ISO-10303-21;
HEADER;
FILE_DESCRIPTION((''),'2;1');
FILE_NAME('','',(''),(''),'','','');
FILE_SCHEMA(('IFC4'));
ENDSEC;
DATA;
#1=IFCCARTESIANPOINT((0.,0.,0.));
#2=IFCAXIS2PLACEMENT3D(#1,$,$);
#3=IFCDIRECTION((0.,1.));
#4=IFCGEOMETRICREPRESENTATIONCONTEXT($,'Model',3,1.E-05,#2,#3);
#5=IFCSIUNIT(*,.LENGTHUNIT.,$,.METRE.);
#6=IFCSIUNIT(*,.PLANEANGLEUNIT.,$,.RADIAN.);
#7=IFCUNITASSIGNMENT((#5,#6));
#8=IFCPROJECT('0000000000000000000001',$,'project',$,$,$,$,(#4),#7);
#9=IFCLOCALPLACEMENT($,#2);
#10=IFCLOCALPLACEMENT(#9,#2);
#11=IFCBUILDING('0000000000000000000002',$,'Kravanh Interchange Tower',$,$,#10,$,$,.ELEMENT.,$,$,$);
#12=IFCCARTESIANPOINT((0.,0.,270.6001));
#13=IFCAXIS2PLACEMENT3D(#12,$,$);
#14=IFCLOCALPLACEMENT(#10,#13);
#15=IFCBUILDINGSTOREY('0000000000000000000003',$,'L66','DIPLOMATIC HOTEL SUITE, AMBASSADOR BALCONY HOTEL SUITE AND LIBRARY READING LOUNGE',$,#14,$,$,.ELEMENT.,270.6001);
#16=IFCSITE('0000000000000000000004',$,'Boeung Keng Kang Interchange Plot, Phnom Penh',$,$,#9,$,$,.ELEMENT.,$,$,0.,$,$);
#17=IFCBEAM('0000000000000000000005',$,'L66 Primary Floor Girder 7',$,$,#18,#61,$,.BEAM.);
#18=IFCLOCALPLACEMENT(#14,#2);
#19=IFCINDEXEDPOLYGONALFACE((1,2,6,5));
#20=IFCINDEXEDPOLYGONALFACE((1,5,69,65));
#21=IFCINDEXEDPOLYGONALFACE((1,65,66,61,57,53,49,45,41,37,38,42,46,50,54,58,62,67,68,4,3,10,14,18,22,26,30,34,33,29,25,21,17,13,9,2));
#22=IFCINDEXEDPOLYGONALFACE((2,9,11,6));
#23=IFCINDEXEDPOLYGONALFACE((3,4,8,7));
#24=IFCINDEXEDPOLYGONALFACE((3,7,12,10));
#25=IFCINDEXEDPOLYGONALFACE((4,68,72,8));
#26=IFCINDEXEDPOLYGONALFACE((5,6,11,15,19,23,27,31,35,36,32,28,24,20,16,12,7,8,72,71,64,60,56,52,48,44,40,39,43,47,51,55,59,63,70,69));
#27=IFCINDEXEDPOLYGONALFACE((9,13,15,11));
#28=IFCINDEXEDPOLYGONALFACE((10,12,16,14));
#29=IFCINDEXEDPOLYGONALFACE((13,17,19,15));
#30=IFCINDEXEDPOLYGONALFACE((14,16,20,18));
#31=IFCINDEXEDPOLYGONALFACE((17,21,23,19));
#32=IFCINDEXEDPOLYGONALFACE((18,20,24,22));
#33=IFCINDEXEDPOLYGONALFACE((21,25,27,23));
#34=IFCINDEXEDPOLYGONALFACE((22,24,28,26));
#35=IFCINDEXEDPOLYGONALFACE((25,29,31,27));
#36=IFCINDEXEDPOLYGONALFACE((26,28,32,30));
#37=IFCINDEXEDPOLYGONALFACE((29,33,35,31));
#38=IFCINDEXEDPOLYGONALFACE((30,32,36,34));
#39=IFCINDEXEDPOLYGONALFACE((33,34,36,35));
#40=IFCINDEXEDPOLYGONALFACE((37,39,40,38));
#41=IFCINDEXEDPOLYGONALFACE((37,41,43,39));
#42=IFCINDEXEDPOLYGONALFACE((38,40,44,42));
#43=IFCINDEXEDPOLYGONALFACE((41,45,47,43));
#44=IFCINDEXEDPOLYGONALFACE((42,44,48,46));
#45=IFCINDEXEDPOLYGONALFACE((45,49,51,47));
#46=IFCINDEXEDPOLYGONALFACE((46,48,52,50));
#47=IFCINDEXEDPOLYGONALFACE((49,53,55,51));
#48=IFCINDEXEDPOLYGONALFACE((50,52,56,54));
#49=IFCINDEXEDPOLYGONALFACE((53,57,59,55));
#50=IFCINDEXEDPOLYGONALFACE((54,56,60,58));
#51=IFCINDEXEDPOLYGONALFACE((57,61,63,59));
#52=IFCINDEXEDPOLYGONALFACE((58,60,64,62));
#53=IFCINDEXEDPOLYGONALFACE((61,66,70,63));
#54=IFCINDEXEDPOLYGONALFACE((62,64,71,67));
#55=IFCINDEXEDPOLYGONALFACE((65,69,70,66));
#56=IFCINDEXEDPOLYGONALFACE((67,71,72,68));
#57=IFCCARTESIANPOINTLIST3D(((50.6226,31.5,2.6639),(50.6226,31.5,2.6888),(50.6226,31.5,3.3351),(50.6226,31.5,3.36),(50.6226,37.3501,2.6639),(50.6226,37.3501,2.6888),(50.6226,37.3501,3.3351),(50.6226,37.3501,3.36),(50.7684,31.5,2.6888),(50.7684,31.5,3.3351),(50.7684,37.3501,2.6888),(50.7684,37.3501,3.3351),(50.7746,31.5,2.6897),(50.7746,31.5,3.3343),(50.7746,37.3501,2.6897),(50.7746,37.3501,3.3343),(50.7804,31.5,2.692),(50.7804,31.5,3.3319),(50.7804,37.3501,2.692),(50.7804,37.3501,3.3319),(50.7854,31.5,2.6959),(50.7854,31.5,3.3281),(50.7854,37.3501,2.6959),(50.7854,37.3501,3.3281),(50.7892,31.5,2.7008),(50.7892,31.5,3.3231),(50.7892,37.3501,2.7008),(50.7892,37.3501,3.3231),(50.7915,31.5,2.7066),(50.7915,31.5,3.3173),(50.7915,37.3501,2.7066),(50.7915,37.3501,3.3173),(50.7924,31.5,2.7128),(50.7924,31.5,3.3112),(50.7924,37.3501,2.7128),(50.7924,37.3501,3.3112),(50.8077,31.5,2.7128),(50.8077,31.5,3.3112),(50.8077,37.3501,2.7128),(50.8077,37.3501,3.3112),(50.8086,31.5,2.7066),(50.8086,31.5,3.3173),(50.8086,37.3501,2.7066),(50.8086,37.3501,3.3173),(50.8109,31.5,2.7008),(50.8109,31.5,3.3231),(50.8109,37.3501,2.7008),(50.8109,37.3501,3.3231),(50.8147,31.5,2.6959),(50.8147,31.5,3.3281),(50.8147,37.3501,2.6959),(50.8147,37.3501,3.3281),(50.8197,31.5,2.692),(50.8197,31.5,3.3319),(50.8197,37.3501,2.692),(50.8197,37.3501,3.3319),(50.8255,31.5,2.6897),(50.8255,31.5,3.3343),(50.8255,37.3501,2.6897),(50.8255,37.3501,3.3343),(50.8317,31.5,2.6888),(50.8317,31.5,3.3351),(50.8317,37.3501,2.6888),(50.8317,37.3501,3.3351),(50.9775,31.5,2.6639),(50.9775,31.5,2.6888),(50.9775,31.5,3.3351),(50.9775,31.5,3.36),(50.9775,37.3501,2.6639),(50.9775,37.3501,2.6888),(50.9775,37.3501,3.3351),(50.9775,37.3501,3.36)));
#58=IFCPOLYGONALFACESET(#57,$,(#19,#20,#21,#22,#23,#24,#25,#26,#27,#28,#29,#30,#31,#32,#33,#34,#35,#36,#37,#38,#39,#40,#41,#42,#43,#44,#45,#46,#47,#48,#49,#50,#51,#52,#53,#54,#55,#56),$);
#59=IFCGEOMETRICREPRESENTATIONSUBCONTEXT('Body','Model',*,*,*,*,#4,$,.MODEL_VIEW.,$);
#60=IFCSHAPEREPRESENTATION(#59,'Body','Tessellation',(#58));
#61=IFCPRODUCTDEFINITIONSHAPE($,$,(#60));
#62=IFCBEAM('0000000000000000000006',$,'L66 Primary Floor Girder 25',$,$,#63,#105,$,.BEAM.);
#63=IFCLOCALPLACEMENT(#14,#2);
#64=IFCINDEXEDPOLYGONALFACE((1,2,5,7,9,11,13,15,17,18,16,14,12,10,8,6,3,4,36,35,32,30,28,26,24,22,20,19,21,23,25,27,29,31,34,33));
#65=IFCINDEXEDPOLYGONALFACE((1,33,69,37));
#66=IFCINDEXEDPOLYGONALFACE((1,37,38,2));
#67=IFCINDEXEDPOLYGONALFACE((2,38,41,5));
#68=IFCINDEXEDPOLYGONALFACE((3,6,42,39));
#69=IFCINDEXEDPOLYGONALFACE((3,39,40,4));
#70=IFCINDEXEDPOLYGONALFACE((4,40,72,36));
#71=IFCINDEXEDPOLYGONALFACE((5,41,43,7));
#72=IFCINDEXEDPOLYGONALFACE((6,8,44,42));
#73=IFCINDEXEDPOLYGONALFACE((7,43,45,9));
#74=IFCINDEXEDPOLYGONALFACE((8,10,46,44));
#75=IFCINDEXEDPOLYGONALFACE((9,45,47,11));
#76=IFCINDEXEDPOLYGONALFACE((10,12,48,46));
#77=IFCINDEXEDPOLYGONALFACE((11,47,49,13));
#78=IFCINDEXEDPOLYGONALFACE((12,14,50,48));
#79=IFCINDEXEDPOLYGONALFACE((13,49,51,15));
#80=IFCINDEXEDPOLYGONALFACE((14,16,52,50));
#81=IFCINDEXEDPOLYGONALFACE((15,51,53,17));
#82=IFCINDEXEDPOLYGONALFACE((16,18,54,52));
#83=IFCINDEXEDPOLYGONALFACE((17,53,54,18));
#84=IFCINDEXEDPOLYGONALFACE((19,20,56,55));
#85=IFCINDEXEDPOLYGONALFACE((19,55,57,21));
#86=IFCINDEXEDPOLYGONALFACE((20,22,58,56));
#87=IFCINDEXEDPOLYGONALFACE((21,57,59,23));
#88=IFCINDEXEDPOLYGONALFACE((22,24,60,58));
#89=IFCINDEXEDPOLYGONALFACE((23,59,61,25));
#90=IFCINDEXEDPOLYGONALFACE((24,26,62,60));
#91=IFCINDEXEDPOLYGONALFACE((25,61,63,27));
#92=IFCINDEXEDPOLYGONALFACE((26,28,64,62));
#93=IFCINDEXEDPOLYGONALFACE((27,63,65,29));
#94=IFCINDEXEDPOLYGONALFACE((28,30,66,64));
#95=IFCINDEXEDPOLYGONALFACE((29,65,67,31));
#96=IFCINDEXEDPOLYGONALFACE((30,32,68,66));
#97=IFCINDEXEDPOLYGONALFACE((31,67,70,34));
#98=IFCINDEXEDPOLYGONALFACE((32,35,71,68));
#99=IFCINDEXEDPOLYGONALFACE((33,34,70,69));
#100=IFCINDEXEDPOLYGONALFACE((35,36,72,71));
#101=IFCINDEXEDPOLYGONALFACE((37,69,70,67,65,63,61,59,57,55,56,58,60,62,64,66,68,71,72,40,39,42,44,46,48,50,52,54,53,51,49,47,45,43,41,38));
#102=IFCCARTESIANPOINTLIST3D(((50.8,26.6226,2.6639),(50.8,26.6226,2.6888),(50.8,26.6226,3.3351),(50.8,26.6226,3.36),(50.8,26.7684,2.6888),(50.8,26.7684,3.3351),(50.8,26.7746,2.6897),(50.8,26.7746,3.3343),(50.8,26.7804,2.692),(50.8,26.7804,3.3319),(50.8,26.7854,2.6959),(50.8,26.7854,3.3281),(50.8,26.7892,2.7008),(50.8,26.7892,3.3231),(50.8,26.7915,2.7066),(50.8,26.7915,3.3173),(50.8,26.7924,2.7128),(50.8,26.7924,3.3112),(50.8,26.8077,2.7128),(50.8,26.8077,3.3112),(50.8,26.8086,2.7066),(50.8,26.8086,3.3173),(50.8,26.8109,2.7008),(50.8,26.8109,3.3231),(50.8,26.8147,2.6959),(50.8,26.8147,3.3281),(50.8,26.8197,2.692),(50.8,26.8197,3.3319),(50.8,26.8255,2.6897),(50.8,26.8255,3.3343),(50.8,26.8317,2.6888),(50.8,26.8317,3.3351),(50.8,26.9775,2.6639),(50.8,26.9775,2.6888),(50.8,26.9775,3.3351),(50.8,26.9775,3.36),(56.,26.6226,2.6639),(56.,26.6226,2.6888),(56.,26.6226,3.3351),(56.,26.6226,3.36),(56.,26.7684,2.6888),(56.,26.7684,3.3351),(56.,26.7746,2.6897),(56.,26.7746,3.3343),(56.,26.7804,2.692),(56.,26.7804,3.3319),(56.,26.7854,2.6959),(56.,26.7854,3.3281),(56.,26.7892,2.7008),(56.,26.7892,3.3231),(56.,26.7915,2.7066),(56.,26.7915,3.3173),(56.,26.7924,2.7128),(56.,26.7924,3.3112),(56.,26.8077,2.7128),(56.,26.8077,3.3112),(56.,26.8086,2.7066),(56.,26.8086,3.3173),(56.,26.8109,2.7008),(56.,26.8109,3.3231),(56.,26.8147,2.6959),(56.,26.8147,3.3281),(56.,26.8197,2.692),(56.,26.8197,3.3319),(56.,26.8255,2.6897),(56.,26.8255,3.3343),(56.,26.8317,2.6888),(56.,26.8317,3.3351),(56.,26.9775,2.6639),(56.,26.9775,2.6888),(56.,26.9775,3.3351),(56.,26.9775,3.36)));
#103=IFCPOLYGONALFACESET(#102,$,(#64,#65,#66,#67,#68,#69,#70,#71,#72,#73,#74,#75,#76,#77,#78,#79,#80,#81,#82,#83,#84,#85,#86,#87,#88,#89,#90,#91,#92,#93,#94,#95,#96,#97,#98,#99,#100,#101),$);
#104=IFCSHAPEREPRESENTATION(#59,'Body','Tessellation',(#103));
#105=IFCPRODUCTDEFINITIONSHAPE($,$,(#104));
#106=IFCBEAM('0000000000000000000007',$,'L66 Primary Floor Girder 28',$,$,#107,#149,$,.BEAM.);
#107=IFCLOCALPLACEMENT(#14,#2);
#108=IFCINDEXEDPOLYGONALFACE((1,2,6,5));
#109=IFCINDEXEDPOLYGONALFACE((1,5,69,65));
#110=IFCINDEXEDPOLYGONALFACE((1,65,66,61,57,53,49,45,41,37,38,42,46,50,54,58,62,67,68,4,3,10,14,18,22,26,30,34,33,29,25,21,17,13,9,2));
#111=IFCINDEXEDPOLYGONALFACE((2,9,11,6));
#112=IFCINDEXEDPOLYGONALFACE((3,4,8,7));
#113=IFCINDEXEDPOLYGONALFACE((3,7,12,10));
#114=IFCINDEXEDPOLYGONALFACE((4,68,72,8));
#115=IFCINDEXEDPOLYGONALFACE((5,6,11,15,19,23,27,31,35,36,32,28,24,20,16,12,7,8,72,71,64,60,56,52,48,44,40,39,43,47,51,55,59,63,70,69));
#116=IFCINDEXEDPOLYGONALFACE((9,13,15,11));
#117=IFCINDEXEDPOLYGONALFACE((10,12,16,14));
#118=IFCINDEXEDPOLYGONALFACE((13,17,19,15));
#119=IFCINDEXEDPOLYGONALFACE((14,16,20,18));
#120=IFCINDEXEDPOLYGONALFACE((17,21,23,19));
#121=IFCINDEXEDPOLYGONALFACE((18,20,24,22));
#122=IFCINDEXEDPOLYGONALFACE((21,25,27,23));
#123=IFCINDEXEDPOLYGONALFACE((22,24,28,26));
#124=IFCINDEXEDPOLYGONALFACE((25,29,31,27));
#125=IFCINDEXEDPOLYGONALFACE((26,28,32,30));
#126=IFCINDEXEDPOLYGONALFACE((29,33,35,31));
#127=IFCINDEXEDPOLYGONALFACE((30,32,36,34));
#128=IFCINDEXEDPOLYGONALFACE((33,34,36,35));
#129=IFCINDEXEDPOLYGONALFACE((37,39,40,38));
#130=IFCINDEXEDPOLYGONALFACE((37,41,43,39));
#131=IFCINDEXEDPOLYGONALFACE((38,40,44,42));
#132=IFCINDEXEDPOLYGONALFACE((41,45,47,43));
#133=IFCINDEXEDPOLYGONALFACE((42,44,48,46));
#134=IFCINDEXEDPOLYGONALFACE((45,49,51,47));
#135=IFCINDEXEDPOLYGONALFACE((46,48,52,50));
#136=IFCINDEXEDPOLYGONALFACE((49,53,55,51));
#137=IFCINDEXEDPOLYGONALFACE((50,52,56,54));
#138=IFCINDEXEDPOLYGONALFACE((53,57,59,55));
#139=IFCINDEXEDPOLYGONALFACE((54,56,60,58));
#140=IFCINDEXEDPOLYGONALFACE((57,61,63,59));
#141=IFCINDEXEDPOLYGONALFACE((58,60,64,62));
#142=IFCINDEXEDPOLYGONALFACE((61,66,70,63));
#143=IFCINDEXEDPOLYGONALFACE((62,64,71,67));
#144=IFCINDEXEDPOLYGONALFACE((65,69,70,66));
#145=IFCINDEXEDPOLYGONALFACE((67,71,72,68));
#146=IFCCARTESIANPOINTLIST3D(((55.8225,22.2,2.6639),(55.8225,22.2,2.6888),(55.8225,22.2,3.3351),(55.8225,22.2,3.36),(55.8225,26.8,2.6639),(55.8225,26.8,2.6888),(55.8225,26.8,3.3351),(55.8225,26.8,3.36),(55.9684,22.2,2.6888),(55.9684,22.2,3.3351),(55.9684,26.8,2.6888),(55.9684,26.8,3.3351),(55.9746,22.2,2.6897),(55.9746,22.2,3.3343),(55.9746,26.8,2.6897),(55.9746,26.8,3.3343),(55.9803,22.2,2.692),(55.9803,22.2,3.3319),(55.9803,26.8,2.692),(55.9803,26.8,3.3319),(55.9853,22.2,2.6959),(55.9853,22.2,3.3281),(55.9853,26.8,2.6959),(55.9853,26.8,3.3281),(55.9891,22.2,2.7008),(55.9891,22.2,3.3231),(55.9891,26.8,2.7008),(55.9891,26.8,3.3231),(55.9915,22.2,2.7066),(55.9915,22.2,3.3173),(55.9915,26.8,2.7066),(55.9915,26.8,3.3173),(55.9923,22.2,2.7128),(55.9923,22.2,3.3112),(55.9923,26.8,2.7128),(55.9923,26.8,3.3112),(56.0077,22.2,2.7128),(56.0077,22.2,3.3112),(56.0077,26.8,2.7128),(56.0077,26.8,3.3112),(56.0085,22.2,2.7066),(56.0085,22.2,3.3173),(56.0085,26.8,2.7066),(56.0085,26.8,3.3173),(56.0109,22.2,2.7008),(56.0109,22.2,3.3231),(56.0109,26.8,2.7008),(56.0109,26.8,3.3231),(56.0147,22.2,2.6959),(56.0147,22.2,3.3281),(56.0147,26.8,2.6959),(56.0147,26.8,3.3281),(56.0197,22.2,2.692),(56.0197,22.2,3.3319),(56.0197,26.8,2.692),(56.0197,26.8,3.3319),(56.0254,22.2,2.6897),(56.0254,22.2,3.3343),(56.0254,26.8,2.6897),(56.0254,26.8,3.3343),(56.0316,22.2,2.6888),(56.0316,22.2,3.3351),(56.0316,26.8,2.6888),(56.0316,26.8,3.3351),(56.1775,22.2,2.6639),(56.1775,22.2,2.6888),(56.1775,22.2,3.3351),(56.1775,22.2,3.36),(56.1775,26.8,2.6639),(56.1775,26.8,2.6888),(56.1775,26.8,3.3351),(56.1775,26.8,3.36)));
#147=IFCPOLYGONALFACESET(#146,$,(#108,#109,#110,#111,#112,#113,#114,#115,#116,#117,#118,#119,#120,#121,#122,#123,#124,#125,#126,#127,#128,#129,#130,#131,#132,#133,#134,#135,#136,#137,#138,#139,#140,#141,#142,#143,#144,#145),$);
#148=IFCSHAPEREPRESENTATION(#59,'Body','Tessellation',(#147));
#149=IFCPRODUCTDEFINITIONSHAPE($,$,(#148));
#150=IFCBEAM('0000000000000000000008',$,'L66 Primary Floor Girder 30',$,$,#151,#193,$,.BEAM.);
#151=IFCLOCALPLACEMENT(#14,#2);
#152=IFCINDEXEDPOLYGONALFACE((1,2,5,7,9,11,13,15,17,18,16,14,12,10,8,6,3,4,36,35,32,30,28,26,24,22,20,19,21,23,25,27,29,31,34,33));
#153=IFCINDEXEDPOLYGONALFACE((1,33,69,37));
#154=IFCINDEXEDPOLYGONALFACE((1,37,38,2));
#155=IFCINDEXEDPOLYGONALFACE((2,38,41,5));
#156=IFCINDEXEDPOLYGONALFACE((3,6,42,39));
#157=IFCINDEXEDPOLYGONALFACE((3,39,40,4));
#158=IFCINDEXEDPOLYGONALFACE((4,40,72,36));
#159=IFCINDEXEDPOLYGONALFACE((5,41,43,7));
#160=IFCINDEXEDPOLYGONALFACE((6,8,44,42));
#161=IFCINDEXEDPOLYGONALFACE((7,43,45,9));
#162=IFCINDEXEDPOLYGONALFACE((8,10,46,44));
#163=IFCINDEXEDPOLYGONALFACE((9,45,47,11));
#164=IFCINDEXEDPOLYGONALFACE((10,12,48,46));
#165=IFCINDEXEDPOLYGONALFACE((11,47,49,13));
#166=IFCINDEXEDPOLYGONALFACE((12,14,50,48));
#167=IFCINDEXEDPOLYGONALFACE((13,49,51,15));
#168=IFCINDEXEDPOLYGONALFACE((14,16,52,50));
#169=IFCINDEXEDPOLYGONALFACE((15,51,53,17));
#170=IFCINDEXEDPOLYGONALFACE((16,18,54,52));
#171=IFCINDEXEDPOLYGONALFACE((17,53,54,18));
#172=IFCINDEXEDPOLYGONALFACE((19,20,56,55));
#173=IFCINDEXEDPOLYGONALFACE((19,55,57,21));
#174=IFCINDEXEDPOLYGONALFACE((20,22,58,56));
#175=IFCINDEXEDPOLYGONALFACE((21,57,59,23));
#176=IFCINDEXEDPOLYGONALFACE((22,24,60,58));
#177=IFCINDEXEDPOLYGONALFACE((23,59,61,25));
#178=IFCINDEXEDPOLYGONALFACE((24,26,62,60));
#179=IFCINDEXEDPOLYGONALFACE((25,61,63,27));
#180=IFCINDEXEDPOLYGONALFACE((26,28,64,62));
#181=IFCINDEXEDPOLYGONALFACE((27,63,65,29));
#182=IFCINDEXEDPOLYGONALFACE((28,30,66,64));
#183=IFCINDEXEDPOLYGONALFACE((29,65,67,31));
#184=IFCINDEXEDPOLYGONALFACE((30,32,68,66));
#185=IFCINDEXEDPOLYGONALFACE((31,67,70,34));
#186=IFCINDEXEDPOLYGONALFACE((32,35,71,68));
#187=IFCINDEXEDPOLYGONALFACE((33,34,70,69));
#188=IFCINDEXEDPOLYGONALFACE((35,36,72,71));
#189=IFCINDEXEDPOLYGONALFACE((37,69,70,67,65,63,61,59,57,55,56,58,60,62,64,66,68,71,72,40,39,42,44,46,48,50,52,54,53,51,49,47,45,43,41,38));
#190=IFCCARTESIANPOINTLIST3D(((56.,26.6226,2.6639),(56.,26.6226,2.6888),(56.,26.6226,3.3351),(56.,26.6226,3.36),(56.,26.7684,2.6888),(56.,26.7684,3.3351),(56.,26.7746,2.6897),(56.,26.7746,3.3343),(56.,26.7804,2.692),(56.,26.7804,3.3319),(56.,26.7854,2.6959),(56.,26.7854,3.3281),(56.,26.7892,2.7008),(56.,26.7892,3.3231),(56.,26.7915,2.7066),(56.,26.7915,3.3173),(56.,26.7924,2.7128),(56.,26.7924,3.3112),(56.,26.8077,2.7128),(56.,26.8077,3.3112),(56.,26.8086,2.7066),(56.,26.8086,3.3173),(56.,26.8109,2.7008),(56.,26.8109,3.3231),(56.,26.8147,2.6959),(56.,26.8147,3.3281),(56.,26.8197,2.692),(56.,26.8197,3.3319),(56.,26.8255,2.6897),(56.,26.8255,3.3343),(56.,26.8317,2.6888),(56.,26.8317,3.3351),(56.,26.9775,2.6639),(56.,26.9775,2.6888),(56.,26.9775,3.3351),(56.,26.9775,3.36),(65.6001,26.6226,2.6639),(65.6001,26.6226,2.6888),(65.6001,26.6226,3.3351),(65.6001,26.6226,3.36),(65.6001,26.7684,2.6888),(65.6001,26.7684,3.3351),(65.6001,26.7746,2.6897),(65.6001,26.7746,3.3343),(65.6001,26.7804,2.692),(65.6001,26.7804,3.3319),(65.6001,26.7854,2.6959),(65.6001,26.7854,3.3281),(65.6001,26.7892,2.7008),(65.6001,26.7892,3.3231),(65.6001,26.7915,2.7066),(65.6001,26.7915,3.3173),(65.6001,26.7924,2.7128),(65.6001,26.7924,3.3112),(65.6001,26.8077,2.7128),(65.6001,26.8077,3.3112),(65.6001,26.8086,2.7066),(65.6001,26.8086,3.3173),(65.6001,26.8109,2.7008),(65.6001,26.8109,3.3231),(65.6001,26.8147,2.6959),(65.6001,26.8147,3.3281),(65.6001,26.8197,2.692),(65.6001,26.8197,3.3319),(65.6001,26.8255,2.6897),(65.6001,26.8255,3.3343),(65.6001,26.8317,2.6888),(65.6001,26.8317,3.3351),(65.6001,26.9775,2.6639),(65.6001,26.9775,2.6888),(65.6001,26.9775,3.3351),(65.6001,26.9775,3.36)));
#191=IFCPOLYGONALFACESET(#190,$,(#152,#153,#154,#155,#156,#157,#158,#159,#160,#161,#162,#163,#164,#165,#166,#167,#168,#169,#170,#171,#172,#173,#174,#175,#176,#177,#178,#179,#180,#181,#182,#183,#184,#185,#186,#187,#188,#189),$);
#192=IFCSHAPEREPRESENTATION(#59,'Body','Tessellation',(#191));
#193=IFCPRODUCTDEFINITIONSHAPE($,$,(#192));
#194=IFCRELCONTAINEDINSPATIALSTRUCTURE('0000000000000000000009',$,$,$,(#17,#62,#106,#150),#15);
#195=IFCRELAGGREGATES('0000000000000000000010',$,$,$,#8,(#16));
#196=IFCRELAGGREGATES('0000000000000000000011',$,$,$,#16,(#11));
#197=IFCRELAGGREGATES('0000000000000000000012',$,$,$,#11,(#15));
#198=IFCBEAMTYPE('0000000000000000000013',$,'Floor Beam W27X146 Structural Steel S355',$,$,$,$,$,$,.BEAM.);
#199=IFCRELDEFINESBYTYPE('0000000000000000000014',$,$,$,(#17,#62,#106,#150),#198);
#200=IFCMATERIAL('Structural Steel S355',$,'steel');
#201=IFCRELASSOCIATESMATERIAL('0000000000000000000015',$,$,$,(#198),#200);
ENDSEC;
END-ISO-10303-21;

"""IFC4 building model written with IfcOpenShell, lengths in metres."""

from ifc_helpers import new_model, si_unit, direction, frame, origin, origin_2d, place, context, subcontext, project, spatial, i_section, extrude, material, material_profile, profile_set, type_object, element, save


model = new_model("IFC4")

# Units and contexts
model_context = context("Model", 3, precision=1e-05, world=origin(), true_north=direction((0.0, 1.0)))
body_context = subcontext(model_context, "Body", "Model", "MODEL_VIEW")
ifc_project = project(units=[si_unit("LENGTHUNIT", "METRE"), si_unit("PLANEANGLEUNIT", "RADIAN")], contexts=[model_context])

# Site, building, storey
site_placement = place(None, origin())
site = spatial("IfcSite", under=ifc_project, at=site_placement, Name="Boeung Keng Kang Interchange Plot, Phnom Penh", CompositionType="ELEMENT", RefElevation=0.0)
building_placement = place(site_placement, origin())
building = spatial("IfcBuilding", under=site, at=building_placement, Name="Kravanh Interchange Tower", CompositionType="ELEMENT")
storey_placement = place(building_placement, frame((0.0, 0.0, 270.6001)))
storey = spatial("IfcBuildingStorey", under=building, at=storey_placement, Name="L66", Description="DIPLOMATIC HOTEL SUITE, AMBASSADOR BALCONY HOTEL SUITE AND LIBRARY READING LOUNGE", CompositionType="ELEMENT", Elevation=270.6001)

# Beams
ifc_material_1 = material(Name="Structural Steel S355", Category="steel")
ifc_material_profile_1 = material_profile(ifc_material_1, i_section(OverallWidth=0.355, OverallDepth=0.696, WebThickness=0.0154, FlangeThickness=0.0249, FilletRadius=0.0239, at=origin_2d()), Name="W27X146")
ifc_profile_set_1 = profile_set([ifc_material_profile_1], Name="Structural Steel S355")
beam_type_1 = type_object("IfcBeamType", Name="Floor Beam W27X146 Structural Steel S355", PredefinedType="BEAM", material=ifc_profile_set_1)
beam_1_placement = place(storey_placement, frame((50.8, 31.5, 3.012), z_axis=(0.0, 1.0, 0.0), x_axis=(-1.0, 0.0, 0.0)))
element("IfcBeam", 1, at=beam_1_placement, inside=storey, type_object=beam_type_1, Name="L66 Primary Floor Girder 7", PredefinedType="BEAM", context=body_context, shape_type="SweptSolid", body=[
    extrude(i_section(OverallWidth=0.355, OverallDepth=0.696, WebThickness=0.0154, FlangeThickness=0.0249, FilletRadius=0.0239, at=origin_2d()), origin(), (0.0, 0.0, 1.0), 5.8501),
])
beam_2_placement = place(storey_placement, frame((50.8, 26.8, 3.012), z_axis=(1.0, 0.0, 0.0), x_axis=(0.0, 1.0, 0.0)))
element("IfcBeam", 2, at=beam_2_placement, inside=storey, type_object=beam_type_1, Name="L66 Primary Floor Girder 25", PredefinedType="BEAM", context=body_context, shape_type="SweptSolid", body=[
    extrude(i_section(OverallWidth=0.355, OverallDepth=0.696, WebThickness=0.0154, FlangeThickness=0.0249, FilletRadius=0.0239, at=origin_2d()), origin(), (0.0, 0.0, 1.0), 5.2),
])
beam_3_placement = place(storey_placement, frame((56.0, 26.8, 3.012), z_axis=(0.0, -1.0, 0.0), x_axis=(1.0, 0.0, 0.0)))
element("IfcBeam", 3, at=beam_3_placement, inside=storey, type_object=beam_type_1, Name="L66 Primary Floor Girder 28", PredefinedType="BEAM", context=body_context, shape_type="SweptSolid", body=[
    extrude(i_section(OverallWidth=0.355, OverallDepth=0.696, WebThickness=0.0154, FlangeThickness=0.0249, FilletRadius=0.0239, at=origin_2d()), origin(), (0.0, 0.0, 1.0), 4.6001),
])
beam_4_placement = place(storey_placement, frame((56.0, 26.8, 3.012), z_axis=(1.0, 0.0, 0.0), x_axis=(0.0, 1.0, 0.0)))
element("IfcBeam", 4, at=beam_4_placement, inside=storey, type_object=beam_type_1, Name="L66 Primary Floor Girder 30", PredefinedType="BEAM", context=body_context, shape_type="SweptSolid", body=[
    extrude(i_section(OverallWidth=0.355, OverallDepth=0.696, WebThickness=0.0154, FlangeThickness=0.0249, FilletRadius=0.0239, at=origin_2d()), origin(), (0.0, 0.0, 1.0), 9.6001),
])

save(model, "model.ifc")
